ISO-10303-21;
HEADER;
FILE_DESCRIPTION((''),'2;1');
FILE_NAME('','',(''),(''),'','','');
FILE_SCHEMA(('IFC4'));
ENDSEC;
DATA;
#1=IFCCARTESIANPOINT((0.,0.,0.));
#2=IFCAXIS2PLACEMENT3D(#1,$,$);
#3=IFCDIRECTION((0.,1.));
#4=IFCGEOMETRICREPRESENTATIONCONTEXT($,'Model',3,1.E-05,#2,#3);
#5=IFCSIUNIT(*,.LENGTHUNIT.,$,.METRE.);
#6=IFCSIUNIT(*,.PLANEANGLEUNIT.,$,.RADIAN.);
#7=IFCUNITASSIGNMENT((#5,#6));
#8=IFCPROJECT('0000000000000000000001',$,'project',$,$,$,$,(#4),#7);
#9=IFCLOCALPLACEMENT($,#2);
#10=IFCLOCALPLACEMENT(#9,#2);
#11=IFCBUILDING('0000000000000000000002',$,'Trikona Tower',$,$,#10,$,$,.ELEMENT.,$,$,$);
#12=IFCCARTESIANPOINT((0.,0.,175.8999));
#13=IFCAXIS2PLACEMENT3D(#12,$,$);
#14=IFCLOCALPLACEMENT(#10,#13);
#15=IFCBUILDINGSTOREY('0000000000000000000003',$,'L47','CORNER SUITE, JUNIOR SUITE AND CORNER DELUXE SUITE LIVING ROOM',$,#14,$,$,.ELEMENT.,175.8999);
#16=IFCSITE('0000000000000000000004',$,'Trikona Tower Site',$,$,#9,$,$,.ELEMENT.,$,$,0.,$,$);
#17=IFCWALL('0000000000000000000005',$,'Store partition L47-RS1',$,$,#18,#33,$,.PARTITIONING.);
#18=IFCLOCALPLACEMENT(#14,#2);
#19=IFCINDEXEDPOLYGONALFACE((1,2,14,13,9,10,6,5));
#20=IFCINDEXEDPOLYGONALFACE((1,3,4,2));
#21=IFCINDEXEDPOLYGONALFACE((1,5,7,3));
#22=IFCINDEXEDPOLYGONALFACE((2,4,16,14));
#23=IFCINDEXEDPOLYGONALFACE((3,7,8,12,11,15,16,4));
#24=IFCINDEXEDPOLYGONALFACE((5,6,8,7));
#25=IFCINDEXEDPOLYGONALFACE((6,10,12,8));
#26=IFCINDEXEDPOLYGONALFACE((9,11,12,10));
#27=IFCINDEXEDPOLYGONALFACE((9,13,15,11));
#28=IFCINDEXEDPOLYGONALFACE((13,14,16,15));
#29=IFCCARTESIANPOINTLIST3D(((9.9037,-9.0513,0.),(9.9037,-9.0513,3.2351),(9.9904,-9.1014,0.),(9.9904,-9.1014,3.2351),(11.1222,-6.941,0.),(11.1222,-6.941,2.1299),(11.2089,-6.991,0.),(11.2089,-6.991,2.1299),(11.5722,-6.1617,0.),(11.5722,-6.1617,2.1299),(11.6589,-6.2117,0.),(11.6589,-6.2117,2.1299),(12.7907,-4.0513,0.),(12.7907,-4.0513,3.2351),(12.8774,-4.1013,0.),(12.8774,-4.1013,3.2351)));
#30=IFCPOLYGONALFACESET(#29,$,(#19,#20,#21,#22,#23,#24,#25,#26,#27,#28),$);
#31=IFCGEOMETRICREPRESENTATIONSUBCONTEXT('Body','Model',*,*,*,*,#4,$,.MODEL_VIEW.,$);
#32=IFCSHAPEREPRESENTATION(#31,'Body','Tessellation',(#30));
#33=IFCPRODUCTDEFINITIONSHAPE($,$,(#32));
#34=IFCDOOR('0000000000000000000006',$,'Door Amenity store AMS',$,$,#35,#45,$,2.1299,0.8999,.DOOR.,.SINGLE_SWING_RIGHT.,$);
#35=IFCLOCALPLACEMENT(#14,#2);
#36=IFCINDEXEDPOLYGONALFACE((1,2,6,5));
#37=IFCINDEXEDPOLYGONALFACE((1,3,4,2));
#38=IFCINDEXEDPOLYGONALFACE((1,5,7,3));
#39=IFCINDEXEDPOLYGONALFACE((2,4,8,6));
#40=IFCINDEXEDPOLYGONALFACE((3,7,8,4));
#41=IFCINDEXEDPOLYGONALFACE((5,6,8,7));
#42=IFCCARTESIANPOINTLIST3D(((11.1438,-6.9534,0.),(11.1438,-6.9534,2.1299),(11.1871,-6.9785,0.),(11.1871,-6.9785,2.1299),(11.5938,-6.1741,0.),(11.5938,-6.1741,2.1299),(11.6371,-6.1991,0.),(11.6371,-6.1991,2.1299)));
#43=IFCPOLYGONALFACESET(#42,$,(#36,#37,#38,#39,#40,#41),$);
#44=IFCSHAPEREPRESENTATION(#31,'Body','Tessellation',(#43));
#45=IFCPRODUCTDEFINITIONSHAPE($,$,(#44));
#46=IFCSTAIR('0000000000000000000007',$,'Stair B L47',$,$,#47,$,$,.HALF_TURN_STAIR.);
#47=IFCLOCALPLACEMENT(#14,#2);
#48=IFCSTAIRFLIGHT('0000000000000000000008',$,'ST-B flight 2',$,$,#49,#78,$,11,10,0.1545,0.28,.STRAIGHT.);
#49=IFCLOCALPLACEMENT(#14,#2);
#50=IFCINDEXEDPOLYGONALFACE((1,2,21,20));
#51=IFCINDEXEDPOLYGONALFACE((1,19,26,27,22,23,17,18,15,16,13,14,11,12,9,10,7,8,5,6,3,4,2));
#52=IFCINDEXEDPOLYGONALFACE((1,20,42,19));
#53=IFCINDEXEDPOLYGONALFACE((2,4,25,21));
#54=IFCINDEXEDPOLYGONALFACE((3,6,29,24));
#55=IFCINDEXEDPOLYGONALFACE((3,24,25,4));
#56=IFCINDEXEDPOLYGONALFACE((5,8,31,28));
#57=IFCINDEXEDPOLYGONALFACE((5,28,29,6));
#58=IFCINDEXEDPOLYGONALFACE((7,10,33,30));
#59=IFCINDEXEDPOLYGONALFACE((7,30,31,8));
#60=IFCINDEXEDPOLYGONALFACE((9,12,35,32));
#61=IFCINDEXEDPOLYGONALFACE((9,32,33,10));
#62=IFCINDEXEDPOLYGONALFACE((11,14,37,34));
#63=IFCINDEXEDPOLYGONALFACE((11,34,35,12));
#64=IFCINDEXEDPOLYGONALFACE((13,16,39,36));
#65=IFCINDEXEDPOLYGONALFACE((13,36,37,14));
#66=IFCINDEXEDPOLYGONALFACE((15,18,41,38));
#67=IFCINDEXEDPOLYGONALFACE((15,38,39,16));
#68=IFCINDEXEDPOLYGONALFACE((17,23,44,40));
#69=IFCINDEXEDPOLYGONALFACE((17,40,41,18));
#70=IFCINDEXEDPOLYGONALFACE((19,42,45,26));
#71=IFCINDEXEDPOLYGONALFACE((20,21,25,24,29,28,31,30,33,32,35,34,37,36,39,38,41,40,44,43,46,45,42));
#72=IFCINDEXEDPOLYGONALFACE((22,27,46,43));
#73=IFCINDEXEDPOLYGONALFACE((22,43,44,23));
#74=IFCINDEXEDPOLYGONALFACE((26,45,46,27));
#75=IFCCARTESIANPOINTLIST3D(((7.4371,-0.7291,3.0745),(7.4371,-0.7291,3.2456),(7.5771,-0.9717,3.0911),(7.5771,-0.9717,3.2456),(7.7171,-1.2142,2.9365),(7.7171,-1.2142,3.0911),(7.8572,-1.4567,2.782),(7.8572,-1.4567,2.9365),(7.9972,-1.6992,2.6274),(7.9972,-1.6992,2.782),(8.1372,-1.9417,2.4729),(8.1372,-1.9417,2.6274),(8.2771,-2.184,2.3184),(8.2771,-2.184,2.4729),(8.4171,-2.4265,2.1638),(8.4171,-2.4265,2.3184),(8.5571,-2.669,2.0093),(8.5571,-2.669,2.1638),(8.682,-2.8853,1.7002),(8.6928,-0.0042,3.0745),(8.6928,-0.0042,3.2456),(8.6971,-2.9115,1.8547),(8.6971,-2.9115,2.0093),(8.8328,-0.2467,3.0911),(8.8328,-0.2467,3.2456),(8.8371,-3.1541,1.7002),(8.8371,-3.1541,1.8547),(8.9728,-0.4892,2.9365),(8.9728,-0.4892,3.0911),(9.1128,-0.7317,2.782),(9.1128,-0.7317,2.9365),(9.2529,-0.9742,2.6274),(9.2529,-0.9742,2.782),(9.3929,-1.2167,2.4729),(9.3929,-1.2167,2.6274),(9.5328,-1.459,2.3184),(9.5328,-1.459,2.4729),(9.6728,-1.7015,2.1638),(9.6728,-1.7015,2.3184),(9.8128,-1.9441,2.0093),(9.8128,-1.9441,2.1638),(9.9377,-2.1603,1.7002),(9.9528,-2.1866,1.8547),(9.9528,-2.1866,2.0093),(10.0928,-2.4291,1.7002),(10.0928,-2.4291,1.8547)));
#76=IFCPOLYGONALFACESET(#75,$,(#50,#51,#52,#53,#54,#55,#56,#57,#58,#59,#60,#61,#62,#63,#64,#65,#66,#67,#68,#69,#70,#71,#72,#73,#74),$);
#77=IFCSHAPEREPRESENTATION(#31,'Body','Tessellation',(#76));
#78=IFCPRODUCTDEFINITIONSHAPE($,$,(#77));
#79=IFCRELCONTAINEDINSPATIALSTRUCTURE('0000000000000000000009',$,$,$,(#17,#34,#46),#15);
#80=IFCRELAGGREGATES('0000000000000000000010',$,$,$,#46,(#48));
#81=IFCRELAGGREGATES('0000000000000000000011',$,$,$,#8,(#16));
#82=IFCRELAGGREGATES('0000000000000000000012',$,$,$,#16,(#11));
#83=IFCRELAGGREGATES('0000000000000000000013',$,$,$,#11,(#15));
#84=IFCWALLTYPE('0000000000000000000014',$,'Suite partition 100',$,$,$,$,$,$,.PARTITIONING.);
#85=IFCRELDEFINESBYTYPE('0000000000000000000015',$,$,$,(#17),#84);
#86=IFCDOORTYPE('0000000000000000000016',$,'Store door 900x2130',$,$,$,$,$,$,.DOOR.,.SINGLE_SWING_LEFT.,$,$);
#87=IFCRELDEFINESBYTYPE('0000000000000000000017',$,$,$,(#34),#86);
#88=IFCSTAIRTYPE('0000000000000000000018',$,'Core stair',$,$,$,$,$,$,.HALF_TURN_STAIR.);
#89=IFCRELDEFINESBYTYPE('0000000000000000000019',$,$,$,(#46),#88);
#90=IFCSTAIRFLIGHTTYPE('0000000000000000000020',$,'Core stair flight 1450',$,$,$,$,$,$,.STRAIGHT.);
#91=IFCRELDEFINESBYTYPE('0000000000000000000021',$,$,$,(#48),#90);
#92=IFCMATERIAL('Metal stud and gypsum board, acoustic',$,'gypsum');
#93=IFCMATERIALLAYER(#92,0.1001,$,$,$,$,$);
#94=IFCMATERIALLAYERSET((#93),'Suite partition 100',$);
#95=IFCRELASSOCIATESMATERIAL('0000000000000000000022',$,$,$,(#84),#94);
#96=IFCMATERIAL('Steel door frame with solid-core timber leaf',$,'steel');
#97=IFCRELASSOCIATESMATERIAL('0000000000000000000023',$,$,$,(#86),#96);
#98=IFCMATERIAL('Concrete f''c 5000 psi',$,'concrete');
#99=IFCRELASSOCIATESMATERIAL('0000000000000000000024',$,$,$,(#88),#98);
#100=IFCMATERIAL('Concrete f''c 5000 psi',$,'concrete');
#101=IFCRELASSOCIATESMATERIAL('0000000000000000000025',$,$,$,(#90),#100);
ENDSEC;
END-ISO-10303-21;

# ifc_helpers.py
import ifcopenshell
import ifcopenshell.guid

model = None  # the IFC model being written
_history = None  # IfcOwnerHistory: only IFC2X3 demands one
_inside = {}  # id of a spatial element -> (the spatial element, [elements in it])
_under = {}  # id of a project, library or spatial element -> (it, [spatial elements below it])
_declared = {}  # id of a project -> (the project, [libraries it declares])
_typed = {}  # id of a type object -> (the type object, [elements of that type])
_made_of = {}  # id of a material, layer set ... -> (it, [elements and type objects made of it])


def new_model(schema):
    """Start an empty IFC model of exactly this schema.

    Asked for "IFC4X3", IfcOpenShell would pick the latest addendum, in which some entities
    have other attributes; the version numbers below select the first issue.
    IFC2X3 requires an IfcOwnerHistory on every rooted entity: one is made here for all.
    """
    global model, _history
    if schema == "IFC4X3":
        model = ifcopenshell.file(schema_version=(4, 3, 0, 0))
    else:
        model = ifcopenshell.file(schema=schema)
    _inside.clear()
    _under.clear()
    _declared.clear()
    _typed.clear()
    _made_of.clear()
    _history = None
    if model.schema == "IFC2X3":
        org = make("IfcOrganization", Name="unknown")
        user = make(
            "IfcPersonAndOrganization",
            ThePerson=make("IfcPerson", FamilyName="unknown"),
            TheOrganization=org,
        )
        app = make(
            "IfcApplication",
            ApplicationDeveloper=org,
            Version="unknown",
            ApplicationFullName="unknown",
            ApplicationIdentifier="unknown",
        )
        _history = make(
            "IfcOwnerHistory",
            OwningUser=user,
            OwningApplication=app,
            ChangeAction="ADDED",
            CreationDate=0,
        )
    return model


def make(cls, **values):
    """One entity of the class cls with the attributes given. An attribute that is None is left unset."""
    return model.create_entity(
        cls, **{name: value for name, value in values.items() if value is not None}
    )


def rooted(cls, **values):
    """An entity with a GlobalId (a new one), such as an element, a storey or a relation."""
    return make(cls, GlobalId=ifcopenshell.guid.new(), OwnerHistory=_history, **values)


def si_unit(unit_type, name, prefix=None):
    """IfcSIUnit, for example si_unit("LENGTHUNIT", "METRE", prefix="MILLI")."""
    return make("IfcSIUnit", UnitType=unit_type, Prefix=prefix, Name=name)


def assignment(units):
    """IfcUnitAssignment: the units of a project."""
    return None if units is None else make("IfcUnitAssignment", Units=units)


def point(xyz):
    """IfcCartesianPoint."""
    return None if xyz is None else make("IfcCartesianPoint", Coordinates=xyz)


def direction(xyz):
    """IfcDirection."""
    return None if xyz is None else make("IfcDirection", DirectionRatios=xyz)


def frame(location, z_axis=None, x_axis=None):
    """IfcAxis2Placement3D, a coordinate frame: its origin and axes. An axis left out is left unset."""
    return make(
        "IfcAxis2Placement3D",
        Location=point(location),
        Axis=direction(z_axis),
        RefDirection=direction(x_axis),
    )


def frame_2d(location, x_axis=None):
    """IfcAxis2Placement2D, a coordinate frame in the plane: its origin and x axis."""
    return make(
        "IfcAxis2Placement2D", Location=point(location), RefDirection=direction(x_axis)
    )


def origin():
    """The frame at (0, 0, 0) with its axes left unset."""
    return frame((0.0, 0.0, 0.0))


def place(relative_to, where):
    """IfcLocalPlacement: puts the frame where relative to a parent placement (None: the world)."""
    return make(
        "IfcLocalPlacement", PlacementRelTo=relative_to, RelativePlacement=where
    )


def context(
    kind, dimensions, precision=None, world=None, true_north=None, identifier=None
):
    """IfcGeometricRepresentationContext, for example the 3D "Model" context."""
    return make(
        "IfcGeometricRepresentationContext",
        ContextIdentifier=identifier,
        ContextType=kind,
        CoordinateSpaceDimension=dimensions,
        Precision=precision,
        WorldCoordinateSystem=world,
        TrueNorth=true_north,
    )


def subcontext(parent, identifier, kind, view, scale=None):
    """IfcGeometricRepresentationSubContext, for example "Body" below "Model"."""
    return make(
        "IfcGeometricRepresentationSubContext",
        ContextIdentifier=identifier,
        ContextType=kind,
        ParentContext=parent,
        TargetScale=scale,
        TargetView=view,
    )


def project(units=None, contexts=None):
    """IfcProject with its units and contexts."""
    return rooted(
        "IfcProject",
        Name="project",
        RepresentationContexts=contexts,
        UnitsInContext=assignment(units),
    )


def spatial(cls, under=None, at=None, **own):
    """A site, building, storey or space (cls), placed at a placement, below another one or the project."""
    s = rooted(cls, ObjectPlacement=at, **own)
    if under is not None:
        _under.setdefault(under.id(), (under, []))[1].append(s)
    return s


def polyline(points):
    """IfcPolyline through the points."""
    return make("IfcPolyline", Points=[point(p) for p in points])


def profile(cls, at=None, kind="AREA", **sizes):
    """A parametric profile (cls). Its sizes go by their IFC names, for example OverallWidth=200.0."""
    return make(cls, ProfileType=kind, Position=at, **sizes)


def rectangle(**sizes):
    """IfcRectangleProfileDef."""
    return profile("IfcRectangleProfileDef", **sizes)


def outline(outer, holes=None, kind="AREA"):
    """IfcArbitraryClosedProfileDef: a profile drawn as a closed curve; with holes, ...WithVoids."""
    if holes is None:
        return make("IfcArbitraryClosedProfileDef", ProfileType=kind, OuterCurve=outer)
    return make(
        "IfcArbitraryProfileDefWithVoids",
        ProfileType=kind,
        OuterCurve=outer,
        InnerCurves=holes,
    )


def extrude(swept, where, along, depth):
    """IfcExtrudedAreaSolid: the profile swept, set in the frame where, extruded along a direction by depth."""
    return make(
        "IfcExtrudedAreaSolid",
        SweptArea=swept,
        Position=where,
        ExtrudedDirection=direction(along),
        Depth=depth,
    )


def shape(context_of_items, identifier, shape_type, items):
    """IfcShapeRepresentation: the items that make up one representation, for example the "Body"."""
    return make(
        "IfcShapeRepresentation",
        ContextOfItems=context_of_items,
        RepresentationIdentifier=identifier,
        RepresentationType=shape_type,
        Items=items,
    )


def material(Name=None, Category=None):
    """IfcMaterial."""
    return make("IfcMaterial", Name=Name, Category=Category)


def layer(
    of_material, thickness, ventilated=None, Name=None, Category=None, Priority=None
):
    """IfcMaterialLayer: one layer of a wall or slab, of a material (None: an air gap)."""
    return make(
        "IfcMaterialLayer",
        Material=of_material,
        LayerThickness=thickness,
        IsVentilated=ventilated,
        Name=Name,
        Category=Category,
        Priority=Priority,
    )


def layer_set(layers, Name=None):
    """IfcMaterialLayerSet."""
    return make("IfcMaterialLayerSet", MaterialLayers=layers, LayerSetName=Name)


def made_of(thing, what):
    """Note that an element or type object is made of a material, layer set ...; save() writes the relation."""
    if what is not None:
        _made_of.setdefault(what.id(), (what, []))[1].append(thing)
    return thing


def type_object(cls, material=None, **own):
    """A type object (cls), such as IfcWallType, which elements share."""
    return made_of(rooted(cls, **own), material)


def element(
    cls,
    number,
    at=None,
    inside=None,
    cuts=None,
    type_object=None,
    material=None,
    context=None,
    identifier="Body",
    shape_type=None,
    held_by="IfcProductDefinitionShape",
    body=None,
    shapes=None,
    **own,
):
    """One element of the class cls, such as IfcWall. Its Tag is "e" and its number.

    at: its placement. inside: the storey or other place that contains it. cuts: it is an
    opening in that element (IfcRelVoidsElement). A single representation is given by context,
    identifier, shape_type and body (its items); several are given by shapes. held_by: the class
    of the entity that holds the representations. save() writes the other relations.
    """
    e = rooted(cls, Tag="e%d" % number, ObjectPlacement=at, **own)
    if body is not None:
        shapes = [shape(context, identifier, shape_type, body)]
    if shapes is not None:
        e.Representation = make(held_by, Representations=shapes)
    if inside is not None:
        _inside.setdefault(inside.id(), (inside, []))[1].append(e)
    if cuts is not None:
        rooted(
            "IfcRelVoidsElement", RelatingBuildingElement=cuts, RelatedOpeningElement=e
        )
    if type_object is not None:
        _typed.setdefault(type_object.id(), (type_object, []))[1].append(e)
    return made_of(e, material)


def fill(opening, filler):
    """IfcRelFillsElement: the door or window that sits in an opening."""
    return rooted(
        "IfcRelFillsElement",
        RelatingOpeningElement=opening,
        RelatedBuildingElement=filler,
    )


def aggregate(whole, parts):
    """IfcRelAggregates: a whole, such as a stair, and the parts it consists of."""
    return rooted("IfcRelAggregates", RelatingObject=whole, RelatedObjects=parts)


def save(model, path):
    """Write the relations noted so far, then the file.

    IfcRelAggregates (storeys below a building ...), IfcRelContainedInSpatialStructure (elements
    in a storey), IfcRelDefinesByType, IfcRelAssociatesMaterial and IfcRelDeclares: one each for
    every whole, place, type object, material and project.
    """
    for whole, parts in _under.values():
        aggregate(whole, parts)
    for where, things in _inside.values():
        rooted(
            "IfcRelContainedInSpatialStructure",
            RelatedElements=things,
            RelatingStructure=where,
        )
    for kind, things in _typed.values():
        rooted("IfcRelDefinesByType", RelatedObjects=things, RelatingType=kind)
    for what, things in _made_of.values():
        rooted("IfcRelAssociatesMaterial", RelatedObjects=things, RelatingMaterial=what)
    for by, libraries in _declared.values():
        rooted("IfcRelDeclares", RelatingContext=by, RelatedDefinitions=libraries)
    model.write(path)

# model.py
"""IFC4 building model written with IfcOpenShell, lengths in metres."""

from ifc_helpers import new_model, si_unit, direction, frame, frame_2d, origin, place, context, subcontext, project, spatial, polyline, rectangle, outline, extrude, material, layer, layer_set, type_object, element, fill, aggregate, save


model = new_model("IFC4")

# Units and contexts
model_context = context("Model", 3, precision=1e-05, world=origin(), true_north=direction((0.0, 1.0)))
body_context = subcontext(model_context, "Body", "Model", "MODEL_VIEW")
ifc_project = project(units=[si_unit("LENGTHUNIT", "METRE"), si_unit("PLANEANGLEUNIT", "RADIAN")], contexts=[model_context])

# Site, building, storey
site_placement = place(None, origin())
site = spatial("IfcSite", under=ifc_project, at=site_placement, Name="Trikona Tower Site", CompositionType="ELEMENT", RefElevation=0.0)
building_placement = place(site_placement, origin())
building = spatial("IfcBuilding", under=site, at=building_placement, Name="Trikona Tower", CompositionType="ELEMENT")
storey_placement = place(building_placement, frame((0.0, 0.0, 175.8999)))
storey = spatial("IfcBuildingStorey", under=building, at=storey_placement, Name="L47", Description="CORNER SUITE, JUNIOR SUITE AND CORNER DELUXE SUITE LIVING ROOM", CompositionType="ELEMENT", Elevation=175.8999)

# Wall, opening, door
ifc_material_1 = material(Name="Metal stud and gypsum board, acoustic", Category="gypsum")
ifc_layer_1 = layer(ifc_material_1, 0.1001)
ifc_layer_set_1 = layer_set([ifc_layer_1], Name="Suite partition 100")
wall_type_1 = type_object("IfcWallType", Name="Suite partition 100", PredefinedType="PARTITIONING", material=ifc_layer_set_1)
wall_1_placement = place(storey_placement, frame((12.834, -4.0764, 0.0), z_axis=(0.0, 0.0, 1.0), x_axis=(-0.500027, -0.86601, 0.0)))
wall_1 = element("IfcWall", 1, at=wall_1_placement, inside=storey, type_object=wall_type_1, Name="Store partition L47-RS1", PredefinedType="PARTITIONING", context=body_context, shape_type="SweptSolid", body=[
    extrude(rectangle(XDim=5.7737, YDim=0.1001, at=frame_2d((2.8867, 0.0))), origin(), (0.0, 0.0, 1.0), 3.2351),
])
opening_1_placement = place(wall_1_placement, frame((2.4368, 0.0, 0.0)))
opening_1 = element("IfcOpeningElement", 2, at=opening_1_placement, cuts=wall_1, PredefinedType="OPENING", context=body_context, shape_type="SweptSolid", body=[
    extrude(rectangle(XDim=0.8999, YDim=2.1299, at=frame_2d((0.45, 1.0649))), frame((0.0, 0.0601, 0.0), z_axis=(0.0, -1.0, 0.0), x_axis=(1.0, 0.0, 0.0)), (0.0, 0.0, 1.0), 0.1201),
])
ifc_material_2 = material(Name="Steel door frame with solid-core timber leaf", Category="steel")
door_type_1 = type_object("IfcDoorType", Name="Store door 900x2130", OperationType="SINGLE_SWING_LEFT", PredefinedType="DOOR", material=ifc_material_2)
door_1_placement = place(opening_1_placement, origin())
door_1 = element("IfcDoor", 3, at=door_1_placement, inside=storey, type_object=door_type_1, Name="Door Amenity store AMS", OperationType="SINGLE_SWING_RIGHT", OverallHeight=2.1299, OverallWidth=0.8999, PredefinedType="DOOR", context=body_context, shape_type="SweptSolid", body=[
    extrude(rectangle(XDim=0.8999, YDim=2.1299, at=frame_2d((0.45, 1.0649))), frame((0.0, 0.0249, 0.0), z_axis=(0.0, -1.0, 0.0), x_axis=(1.0, 0.0, 0.0)), (0.0, 0.0, 1.0), 0.05),
])
fill(opening_1, door_1)

# Stair, stair flight
ifc_material_3 = material(Name="Concrete f'c 5000 psi", Category="concrete")
stair_type = type_object("IfcStairType", Name="Core stair", PredefinedType="HALF_TURN_STAIR", material=ifc_material_3)
stair_placement = place(storey_placement, origin())
stair = element("IfcStair", 4, at=stair_placement, inside=storey, type_object=stair_type, Name="Stair B L47", PredefinedType="HALF_TURN_STAIR")
ifc_material_4 = material(Name="Concrete f'c 5000 psi", Category="concrete")
stair_flight_type = type_object("IfcStairFlightType", Name="Core stair flight 1450", PredefinedType="STRAIGHT", material=ifc_material_4)
stair_flight_placement = place(storey_placement, frame((9.4651, -2.7915, 1.7002), z_axis=(0.0, 0.0, 1.0), x_axis=(-0.5, 0.866025, 0.0)))
stair_flight = element("IfcStairFlight", 5, at=stair_flight_placement, type_object=stair_flight_type, Name="ST-B flight 2", NumberOfRisers=11, NumberOfTreads=10, PredefinedType="STRAIGHT", RiserHeight=0.1545, TreadLength=0.28, context=body_context, shape_type="SweptSolid", body=[
    extrude(outline(polyline([(0.0, 0.0), (0.0, 0.1545), (0.28, 0.1545), (0.28, 0.3091), (0.5601, 0.3091), (0.5601, 0.4636), (0.8401, 0.4636), (0.8401, 0.6182), (1.1201, 0.6182), (1.1201, 0.7727), (1.3999, 0.7727), (1.3999, 0.9272), (1.6799, 0.9272), (1.6799, 1.0818), (1.96, 1.0818), (1.96, 1.2363), (2.24, 1.2363), (2.24, 1.3909), (2.52, 1.3909), (2.52, 1.5454), (2.8, 1.5454), (2.8, 1.7), (2.8, 1.3743), (0.3103, 0.0), (0.0, 0.0)])), frame((0.0, 0.7251, 0.0), z_axis=(0.0, -1.0, 0.0), x_axis=(1.0, 0.0, 0.0)), (0.0, 0.0, 1.0), 1.45),
])
aggregate(stair, [stair_flight])

save(model, "model.ifc")
